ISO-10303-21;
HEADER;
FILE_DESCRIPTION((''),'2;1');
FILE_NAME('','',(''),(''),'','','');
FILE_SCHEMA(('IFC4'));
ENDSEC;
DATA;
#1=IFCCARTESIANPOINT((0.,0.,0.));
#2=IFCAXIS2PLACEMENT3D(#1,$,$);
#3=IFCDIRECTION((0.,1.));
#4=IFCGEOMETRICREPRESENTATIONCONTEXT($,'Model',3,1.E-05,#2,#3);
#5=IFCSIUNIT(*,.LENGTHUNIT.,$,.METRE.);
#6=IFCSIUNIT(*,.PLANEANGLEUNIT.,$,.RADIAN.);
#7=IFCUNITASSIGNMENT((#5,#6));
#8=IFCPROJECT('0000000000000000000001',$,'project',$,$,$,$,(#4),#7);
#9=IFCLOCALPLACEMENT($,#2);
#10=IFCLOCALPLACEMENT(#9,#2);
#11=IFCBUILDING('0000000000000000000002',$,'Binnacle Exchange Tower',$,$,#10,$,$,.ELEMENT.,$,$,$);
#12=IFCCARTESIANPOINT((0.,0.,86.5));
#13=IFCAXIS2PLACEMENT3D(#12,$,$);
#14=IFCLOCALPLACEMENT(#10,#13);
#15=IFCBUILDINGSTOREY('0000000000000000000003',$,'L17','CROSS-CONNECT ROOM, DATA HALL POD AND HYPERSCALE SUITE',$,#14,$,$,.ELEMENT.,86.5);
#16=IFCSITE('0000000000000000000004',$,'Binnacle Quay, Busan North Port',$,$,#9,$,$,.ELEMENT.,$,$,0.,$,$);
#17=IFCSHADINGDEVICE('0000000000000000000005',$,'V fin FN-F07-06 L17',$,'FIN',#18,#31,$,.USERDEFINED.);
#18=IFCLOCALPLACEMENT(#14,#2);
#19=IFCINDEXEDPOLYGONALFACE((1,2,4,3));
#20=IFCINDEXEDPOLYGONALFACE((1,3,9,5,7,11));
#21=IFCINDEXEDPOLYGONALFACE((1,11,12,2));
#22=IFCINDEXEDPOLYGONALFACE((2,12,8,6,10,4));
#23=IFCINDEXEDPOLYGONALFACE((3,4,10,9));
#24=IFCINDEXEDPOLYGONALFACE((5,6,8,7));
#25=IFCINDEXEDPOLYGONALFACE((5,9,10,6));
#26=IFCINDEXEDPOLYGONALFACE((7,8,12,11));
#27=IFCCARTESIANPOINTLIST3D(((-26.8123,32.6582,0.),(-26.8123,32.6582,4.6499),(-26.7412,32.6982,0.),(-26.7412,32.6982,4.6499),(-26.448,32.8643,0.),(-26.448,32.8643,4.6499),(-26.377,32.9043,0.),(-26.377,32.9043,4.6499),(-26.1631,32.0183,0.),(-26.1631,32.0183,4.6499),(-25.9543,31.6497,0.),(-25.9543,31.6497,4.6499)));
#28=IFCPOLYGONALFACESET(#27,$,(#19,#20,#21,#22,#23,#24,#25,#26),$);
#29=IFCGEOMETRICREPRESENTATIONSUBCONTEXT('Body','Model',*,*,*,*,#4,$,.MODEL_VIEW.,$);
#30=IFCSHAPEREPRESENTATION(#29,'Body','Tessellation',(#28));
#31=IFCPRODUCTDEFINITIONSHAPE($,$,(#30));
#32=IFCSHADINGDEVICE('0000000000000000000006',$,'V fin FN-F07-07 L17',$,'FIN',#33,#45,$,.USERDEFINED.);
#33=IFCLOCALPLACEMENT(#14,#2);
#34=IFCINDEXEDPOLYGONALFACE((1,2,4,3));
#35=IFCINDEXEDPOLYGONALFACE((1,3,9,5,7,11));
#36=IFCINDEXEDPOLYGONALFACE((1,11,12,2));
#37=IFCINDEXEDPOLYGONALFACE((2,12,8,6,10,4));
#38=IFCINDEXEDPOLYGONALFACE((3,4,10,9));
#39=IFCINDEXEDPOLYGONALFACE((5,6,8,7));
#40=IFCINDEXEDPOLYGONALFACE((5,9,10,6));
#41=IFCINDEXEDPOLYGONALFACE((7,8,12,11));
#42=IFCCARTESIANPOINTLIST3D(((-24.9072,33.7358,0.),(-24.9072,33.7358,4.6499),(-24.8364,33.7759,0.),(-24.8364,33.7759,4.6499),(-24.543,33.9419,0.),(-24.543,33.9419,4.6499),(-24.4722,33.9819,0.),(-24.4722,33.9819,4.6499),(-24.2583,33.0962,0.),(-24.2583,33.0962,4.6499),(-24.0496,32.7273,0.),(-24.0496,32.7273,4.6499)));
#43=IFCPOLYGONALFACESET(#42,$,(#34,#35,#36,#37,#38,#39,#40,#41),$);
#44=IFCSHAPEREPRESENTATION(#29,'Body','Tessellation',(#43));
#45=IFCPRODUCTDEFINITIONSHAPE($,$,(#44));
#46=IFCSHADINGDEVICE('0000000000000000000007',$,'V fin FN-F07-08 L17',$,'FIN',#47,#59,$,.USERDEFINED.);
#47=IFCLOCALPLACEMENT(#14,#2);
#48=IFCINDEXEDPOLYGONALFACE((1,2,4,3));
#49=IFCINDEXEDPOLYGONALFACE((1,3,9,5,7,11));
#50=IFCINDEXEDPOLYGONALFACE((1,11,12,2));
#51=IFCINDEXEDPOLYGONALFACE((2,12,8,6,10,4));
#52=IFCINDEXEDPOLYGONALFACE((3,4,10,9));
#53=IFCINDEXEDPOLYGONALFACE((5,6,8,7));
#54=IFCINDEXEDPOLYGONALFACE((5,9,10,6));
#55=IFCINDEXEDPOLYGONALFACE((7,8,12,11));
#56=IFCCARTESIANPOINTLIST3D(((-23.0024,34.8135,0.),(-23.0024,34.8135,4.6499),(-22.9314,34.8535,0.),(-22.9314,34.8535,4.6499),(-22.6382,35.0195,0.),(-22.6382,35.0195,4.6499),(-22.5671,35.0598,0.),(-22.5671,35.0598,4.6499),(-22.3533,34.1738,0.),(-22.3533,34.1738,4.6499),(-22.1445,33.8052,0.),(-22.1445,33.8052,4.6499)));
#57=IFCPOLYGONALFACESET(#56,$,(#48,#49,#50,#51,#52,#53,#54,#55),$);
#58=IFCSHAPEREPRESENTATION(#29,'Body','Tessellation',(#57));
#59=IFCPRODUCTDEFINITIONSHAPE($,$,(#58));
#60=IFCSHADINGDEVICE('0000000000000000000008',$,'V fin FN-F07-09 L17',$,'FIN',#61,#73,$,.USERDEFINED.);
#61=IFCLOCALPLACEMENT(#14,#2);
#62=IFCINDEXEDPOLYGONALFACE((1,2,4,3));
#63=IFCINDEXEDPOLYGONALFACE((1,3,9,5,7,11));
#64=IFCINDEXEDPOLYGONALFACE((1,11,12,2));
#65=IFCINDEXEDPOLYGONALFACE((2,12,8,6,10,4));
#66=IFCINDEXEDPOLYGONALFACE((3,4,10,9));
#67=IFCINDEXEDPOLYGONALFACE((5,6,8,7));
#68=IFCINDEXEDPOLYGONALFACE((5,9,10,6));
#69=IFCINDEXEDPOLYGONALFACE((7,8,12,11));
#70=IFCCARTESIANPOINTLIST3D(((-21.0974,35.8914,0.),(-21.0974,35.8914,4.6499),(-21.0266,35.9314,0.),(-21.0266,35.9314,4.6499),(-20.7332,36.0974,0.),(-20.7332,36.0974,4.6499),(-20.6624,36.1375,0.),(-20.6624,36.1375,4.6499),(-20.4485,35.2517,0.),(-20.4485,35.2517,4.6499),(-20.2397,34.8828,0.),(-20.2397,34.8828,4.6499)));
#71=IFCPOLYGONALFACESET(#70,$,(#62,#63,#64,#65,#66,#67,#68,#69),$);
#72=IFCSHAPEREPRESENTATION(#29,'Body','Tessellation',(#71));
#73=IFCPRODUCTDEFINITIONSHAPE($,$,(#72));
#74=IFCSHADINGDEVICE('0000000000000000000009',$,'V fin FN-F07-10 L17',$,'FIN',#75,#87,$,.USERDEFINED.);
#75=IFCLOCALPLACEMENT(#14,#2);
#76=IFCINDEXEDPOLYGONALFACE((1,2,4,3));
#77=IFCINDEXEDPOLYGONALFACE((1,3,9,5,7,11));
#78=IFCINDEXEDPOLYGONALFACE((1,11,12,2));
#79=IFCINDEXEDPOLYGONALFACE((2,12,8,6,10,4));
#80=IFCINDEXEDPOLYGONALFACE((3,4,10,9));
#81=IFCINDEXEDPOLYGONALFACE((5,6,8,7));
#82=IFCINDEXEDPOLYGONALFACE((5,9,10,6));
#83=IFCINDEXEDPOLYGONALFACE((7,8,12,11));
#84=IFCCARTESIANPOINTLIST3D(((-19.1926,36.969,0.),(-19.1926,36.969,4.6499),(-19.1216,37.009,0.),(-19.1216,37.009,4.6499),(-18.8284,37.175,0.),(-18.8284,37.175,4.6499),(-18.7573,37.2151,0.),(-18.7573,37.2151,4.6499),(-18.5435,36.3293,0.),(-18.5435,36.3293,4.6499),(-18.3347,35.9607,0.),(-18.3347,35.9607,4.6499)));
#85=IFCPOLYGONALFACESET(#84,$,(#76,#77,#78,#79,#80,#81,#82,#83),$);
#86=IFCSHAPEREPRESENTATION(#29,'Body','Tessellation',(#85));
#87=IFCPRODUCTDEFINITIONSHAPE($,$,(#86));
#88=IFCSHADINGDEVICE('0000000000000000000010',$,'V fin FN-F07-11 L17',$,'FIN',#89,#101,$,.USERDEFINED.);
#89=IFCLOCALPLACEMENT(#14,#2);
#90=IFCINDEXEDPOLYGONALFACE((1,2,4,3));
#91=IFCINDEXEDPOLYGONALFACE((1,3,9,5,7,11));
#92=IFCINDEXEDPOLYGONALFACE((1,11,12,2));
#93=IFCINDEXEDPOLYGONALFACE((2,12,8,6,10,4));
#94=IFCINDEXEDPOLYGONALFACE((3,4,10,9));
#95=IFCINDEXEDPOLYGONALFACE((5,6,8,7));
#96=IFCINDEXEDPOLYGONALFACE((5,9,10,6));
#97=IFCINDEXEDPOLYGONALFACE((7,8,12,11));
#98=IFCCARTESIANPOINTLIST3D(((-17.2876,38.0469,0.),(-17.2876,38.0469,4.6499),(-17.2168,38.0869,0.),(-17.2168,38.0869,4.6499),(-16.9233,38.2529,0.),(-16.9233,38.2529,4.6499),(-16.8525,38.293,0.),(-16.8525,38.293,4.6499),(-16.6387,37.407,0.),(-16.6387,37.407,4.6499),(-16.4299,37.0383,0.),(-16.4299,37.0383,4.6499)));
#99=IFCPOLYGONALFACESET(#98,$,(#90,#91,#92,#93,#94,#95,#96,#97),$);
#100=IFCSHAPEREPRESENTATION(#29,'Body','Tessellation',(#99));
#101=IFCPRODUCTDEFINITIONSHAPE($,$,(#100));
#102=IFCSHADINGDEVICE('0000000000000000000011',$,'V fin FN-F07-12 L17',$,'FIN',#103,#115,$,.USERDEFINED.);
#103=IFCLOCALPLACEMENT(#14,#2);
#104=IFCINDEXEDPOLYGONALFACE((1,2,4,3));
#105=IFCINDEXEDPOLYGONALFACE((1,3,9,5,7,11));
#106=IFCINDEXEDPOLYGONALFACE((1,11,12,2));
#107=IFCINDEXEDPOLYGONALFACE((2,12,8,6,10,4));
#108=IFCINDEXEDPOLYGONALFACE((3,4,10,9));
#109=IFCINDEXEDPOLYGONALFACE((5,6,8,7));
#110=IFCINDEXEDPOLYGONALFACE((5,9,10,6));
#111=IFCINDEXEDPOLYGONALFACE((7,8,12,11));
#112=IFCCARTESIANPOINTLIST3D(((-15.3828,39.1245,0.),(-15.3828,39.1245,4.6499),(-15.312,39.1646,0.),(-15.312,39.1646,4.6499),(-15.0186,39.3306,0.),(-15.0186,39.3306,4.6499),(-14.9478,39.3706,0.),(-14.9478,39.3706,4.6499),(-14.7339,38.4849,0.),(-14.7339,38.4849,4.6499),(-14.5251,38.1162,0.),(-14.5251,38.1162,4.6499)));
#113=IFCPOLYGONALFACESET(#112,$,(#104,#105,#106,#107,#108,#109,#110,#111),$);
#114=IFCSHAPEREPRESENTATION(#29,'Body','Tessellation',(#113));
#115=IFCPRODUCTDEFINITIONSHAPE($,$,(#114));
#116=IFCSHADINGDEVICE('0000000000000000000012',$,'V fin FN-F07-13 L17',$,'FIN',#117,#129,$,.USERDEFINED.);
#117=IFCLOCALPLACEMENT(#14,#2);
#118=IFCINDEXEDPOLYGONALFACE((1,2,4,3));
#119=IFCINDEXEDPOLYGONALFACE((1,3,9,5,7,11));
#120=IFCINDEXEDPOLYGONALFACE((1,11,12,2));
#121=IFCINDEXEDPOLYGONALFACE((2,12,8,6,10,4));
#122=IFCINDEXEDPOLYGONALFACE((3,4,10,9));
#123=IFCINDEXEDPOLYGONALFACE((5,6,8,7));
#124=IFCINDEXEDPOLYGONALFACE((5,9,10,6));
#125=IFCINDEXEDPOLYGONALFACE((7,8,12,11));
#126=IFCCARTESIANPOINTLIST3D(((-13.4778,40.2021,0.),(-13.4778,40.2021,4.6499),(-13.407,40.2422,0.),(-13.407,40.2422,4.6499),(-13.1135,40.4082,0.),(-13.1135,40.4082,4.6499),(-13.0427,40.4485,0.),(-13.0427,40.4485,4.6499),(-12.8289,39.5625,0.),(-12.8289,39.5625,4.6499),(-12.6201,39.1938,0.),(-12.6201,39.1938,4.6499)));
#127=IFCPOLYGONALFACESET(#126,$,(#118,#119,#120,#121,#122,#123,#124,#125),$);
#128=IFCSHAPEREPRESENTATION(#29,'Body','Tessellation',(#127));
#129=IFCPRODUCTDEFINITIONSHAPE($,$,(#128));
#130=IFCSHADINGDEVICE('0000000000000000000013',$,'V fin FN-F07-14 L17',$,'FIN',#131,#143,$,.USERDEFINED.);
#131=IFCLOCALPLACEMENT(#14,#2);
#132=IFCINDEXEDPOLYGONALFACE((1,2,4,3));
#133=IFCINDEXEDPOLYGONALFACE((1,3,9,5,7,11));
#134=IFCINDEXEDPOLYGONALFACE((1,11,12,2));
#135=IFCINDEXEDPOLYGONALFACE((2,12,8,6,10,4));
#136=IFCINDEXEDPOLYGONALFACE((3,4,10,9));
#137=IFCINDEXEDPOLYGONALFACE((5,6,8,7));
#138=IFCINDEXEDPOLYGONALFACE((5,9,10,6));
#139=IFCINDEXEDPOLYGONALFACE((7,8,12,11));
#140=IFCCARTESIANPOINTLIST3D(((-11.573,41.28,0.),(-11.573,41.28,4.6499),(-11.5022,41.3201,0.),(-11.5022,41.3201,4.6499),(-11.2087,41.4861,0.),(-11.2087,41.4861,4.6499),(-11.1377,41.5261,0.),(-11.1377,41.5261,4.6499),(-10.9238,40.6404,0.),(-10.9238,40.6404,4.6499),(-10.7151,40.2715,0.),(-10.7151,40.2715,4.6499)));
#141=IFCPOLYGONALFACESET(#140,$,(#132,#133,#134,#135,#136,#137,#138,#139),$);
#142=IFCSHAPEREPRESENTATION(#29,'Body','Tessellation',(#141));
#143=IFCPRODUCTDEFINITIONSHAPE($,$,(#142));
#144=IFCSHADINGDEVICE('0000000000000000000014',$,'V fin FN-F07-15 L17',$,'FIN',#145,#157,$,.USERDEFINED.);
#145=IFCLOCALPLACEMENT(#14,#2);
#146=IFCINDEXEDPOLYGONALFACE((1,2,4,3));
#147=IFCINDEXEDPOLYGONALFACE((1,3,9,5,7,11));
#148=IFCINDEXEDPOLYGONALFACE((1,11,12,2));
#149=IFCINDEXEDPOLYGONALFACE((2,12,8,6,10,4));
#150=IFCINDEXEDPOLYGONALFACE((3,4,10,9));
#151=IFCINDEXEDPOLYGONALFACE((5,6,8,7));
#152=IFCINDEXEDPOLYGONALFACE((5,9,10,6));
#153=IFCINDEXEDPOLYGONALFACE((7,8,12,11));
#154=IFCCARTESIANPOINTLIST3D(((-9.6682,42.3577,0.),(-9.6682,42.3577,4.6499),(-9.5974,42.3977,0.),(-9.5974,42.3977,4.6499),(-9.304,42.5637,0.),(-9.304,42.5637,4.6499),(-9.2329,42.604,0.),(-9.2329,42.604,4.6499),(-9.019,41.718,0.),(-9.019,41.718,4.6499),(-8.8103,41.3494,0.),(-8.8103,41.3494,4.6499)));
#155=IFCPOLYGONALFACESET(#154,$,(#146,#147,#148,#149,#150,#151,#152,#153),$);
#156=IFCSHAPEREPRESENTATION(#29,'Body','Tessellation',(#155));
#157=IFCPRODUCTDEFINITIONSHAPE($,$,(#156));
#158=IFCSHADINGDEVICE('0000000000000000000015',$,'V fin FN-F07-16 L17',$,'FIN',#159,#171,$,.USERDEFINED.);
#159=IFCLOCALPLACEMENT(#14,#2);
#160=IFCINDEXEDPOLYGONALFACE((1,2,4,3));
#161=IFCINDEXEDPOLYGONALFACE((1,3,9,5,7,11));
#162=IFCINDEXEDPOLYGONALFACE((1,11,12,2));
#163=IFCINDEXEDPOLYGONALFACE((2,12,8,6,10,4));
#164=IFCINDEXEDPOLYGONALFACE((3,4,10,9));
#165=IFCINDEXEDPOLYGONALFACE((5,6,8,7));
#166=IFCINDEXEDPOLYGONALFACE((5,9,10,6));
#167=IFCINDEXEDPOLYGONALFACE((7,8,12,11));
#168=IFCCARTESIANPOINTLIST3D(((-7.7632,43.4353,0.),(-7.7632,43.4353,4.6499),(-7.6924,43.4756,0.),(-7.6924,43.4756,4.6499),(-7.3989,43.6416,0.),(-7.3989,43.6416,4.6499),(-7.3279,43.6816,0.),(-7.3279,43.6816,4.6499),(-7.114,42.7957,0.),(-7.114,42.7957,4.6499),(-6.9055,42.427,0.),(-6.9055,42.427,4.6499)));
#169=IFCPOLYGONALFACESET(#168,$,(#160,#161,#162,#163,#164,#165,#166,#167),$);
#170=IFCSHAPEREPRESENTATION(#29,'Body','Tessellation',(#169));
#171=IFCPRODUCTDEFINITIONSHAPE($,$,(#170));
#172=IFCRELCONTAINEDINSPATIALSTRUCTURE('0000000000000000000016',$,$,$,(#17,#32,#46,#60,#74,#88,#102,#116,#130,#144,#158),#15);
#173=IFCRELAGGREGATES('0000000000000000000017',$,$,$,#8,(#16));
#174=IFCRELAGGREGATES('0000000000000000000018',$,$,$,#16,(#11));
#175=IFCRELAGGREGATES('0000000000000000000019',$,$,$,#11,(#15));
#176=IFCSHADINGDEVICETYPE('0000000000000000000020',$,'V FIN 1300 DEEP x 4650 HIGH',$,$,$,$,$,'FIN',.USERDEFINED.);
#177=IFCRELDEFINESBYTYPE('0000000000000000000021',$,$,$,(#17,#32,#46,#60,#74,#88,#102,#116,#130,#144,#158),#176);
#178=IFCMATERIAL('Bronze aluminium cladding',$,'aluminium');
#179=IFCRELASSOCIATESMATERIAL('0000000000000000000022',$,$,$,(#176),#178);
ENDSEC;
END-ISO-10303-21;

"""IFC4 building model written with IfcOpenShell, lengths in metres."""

from ifc_helpers import new_model, si_unit, direction, frame, origin, place, context, subcontext, project, spatial, polyline, outline, extrude, material, type_object, element, save


model = new_model("IFC4")

# Units and contexts
model_context = context("Model", 3, precision=1e-05, world=origin(), true_north=direction((0.0, 1.0)))
body_context = subcontext(model_context, "Body", "Model", "MODEL_VIEW")
ifc_project = project(units=[si_unit("LENGTHUNIT", "METRE"), si_unit("PLANEANGLEUNIT", "RADIAN")], contexts=[model_context])

# Site, building, storey
site_placement = place(None, origin())
site = spatial("IfcSite", under=ifc_project, at=site_placement, Name="Binnacle Quay, Busan North Port", CompositionType="ELEMENT", RefElevation=0.0)
building_placement = place(site_placement, origin())
building = spatial("IfcBuilding", under=site, at=building_placement, Name="Binnacle Exchange Tower", CompositionType="ELEMENT")
storey_placement = place(building_placement, frame((0.0, 0.0, 86.5)))
storey = spatial("IfcBuildingStorey", under=building, at=storey_placement, Name="L17", Description="CROSS-CONNECT ROOM, DATA HALL POD AND HYPERSCALE SUITE", CompositionType="ELEMENT", Elevation=86.5)

# Shading devices
ifc_material = material(Name="Bronze aluminium cladding", Category="aluminium")
shading_device_type = type_object("IfcShadingDeviceType", Name="V FIN 1300 DEEP x 4650 HIGH", ElementType="FIN", PredefinedType="USERDEFINED", material=ifc_material)
shading_device_1_placement = place(storey_placement, origin())
element("IfcShadingDevice", 1, at=shading_device_1_placement, inside=storey, type_object=shading_device_type, Name="V fin FN-F07-06 L17", ObjectType="FIN", PredefinedType="USERDEFINED", context=body_context, shape_type="SweptSolid", body=[
    extrude(outline(polyline([(-26.8123, 32.6582), (-25.9543, 31.6497), (-26.377, 32.9043), (-26.448, 32.8643), (-26.1631, 32.0183), (-26.7412, 32.6982), (-26.8123, 32.6582)])), origin(), (0.0, 0.0, 1.0), 4.6499),
])
shading_device_2_placement = place(storey_placement, origin())
element("IfcShadingDevice", 2, at=shading_device_2_placement, inside=storey, type_object=shading_device_type, Name="V fin FN-F07-07 L17", ObjectType="FIN", PredefinedType="USERDEFINED", context=body_context, shape_type="SweptSolid", body=[
    extrude(outline(polyline([(-24.9072, 33.7358), (-24.0496, 32.7273), (-24.4722, 33.9819), (-24.543, 33.9419), (-24.2583, 33.0962), (-24.8364, 33.7759), (-24.9072, 33.7358)])), origin(), (0.0, 0.0, 1.0), 4.6499),
])
shading_device_3_placement = place(storey_placement, origin())
element("IfcShadingDevice", 3, at=shading_device_3_placement, inside=storey, type_object=shading_device_type, Name="V fin FN-F07-08 L17", ObjectType="FIN", PredefinedType="USERDEFINED", context=body_context, shape_type="SweptSolid", body=[
    extrude(outline(polyline([(-23.0024, 34.8135), (-22.1445, 33.8052), (-22.5671, 35.0598), (-22.6382, 35.0195), (-22.3533, 34.1738), (-22.9314, 34.8535), (-23.0024, 34.8135)])), origin(), (0.0, 0.0, 1.0), 4.6499),
])
shading_device_4_placement = place(storey_placement, origin())
element("IfcShadingDevice", 4, at=shading_device_4_placement, inside=storey, type_object=shading_device_type, Name="V fin FN-F07-09 L17", ObjectType="FIN", PredefinedType="USERDEFINED", context=body_context, shape_type="SweptSolid", body=[
    extrude(outline(polyline([(-21.0974, 35.8914), (-20.2397, 34.8828), (-20.6624, 36.1375), (-20.7332, 36.0974), (-20.4485, 35.2517), (-21.0266, 35.9314), (-21.0974, 35.8914)])), origin(), (0.0, 0.0, 1.0), 4.6499),
])
shading_device_5_placement = place(storey_placement, origin())
element("IfcShadingDevice", 5, at=shading_device_5_placement, inside=storey, type_object=shading_device_type, Name="V fin FN-F07-10 L17", ObjectType="FIN", PredefinedType="USERDEFINED", context=body_context, shape_type="SweptSolid", body=[
    extrude(outline(polyline([(-19.1926, 36.969), (-18.3347, 35.9607), (-18.7573, 37.2151), (-18.8284, 37.175), (-18.5435, 36.3293), (-19.1216, 37.009), (-19.1926, 36.969)])), origin(), (0.0, 0.0, 1.0), 4.6499),
])
shading_device_6_placement = place(storey_placement, origin())
element("IfcShadingDevice", 6, at=shading_device_6_placement, inside=storey, type_object=shading_device_type, Name="V fin FN-F07-11 L17", ObjectType="FIN", PredefinedType="USERDEFINED", context=body_context, shape_type="SweptSolid", body=[
    extrude(outline(polyline([(-17.2876, 38.0469), (-16.4299, 37.0383), (-16.8525, 38.293), (-16.9233, 38.2529), (-16.6387, 37.407), (-17.2168, 38.0869), (-17.2876, 38.0469)])), origin(), (0.0, 0.0, 1.0), 4.6499),
])
shading_device_7_placement = place(storey_placement, origin())
element("IfcShadingDevice", 7, at=shading_device_7_placement, inside=storey, type_object=shading_device_type, Name="V fin FN-F07-12 L17", ObjectType="FIN", PredefinedType="USERDEFINED", context=body_context, shape_type="SweptSolid", body=[
    extrude(outline(polyline([(-15.3828, 39.1245), (-14.5251, 38.1162), (-14.9478, 39.3706), (-15.0186, 39.3306), (-14.7339, 38.4849), (-15.312, 39.1646), (-15.3828, 39.1245)])), origin(), (0.0, 0.0, 1.0), 4.6499),
])
shading_device_8_placement = place(storey_placement, origin())
element("IfcShadingDevice", 8, at=shading_device_8_placement, inside=storey, type_object=shading_device_type, Name="V fin FN-F07-13 L17", ObjectType="FIN", PredefinedType="USERDEFINED", context=body_context, shape_type="SweptSolid", body=[
    extrude(outline(polyline([(-13.4778, 40.2021), (-12.6201, 39.1938), (-13.0427, 40.4485), (-13.1135, 40.4082), (-12.8289, 39.5625), (-13.407, 40.2422), (-13.4778, 40.2021)])), origin(), (0.0, 0.0, 1.0), 4.6499),
])
shading_device_9_placement = place(storey_placement, origin())
element("IfcShadingDevice", 9, at=shading_device_9_placement, inside=storey, type_object=shading_device_type, Name="V fin FN-F07-14 L17", ObjectType="FIN", PredefinedType="USERDEFINED", context=body_context, shape_type="SweptSolid", body=[
    extrude(outline(polyline([(-11.573, 41.28), (-10.7151, 40.2715), (-11.1377, 41.5261), (-11.2087, 41.4861), (-10.9238, 40.6404), (-11.5022, 41.3201), (-11.573, 41.28)])), origin(), (0.0, 0.0, 1.0), 4.6499),
])
shading_device_10_placement = place(storey_placement, origin())
element("IfcShadingDevice", 10, at=shading_device_10_placement, inside=storey, type_object=shading_device_type, Name="V fin FN-F07-15 L17", ObjectType="FIN", PredefinedType="USERDEFINED", context=body_context, shape_type="SweptSolid", body=[
    extrude(outline(polyline([(-9.6682, 42.3577), (-8.8103, 41.3494), (-9.2329, 42.604), (-9.304, 42.5637), (-9.019, 41.718), (-9.5974, 42.3977), (-9.6682, 42.3577)])), origin(), (0.0, 0.0, 1.0), 4.6499),
])
shading_device_11_placement = place(storey_placement, origin())
element("IfcShadingDevice", 11, at=shading_device_11_placement, inside=storey, type_object=shading_device_type, Name="V fin FN-F07-16 L17", ObjectType="FIN", PredefinedType="USERDEFINED", context=body_context, shape_type="SweptSolid", body=[
    extrude(outline(polyline([(-7.7632, 43.4353), (-6.9055, 42.427), (-7.3279, 43.6816), (-7.3989, 43.6416), (-7.114, 42.7957), (-7.6924, 43.4756), (-7.7632, 43.4353)])), origin(), (0.0, 0.0, 1.0), 4.6499),
])

save(model, "model.ifc")
